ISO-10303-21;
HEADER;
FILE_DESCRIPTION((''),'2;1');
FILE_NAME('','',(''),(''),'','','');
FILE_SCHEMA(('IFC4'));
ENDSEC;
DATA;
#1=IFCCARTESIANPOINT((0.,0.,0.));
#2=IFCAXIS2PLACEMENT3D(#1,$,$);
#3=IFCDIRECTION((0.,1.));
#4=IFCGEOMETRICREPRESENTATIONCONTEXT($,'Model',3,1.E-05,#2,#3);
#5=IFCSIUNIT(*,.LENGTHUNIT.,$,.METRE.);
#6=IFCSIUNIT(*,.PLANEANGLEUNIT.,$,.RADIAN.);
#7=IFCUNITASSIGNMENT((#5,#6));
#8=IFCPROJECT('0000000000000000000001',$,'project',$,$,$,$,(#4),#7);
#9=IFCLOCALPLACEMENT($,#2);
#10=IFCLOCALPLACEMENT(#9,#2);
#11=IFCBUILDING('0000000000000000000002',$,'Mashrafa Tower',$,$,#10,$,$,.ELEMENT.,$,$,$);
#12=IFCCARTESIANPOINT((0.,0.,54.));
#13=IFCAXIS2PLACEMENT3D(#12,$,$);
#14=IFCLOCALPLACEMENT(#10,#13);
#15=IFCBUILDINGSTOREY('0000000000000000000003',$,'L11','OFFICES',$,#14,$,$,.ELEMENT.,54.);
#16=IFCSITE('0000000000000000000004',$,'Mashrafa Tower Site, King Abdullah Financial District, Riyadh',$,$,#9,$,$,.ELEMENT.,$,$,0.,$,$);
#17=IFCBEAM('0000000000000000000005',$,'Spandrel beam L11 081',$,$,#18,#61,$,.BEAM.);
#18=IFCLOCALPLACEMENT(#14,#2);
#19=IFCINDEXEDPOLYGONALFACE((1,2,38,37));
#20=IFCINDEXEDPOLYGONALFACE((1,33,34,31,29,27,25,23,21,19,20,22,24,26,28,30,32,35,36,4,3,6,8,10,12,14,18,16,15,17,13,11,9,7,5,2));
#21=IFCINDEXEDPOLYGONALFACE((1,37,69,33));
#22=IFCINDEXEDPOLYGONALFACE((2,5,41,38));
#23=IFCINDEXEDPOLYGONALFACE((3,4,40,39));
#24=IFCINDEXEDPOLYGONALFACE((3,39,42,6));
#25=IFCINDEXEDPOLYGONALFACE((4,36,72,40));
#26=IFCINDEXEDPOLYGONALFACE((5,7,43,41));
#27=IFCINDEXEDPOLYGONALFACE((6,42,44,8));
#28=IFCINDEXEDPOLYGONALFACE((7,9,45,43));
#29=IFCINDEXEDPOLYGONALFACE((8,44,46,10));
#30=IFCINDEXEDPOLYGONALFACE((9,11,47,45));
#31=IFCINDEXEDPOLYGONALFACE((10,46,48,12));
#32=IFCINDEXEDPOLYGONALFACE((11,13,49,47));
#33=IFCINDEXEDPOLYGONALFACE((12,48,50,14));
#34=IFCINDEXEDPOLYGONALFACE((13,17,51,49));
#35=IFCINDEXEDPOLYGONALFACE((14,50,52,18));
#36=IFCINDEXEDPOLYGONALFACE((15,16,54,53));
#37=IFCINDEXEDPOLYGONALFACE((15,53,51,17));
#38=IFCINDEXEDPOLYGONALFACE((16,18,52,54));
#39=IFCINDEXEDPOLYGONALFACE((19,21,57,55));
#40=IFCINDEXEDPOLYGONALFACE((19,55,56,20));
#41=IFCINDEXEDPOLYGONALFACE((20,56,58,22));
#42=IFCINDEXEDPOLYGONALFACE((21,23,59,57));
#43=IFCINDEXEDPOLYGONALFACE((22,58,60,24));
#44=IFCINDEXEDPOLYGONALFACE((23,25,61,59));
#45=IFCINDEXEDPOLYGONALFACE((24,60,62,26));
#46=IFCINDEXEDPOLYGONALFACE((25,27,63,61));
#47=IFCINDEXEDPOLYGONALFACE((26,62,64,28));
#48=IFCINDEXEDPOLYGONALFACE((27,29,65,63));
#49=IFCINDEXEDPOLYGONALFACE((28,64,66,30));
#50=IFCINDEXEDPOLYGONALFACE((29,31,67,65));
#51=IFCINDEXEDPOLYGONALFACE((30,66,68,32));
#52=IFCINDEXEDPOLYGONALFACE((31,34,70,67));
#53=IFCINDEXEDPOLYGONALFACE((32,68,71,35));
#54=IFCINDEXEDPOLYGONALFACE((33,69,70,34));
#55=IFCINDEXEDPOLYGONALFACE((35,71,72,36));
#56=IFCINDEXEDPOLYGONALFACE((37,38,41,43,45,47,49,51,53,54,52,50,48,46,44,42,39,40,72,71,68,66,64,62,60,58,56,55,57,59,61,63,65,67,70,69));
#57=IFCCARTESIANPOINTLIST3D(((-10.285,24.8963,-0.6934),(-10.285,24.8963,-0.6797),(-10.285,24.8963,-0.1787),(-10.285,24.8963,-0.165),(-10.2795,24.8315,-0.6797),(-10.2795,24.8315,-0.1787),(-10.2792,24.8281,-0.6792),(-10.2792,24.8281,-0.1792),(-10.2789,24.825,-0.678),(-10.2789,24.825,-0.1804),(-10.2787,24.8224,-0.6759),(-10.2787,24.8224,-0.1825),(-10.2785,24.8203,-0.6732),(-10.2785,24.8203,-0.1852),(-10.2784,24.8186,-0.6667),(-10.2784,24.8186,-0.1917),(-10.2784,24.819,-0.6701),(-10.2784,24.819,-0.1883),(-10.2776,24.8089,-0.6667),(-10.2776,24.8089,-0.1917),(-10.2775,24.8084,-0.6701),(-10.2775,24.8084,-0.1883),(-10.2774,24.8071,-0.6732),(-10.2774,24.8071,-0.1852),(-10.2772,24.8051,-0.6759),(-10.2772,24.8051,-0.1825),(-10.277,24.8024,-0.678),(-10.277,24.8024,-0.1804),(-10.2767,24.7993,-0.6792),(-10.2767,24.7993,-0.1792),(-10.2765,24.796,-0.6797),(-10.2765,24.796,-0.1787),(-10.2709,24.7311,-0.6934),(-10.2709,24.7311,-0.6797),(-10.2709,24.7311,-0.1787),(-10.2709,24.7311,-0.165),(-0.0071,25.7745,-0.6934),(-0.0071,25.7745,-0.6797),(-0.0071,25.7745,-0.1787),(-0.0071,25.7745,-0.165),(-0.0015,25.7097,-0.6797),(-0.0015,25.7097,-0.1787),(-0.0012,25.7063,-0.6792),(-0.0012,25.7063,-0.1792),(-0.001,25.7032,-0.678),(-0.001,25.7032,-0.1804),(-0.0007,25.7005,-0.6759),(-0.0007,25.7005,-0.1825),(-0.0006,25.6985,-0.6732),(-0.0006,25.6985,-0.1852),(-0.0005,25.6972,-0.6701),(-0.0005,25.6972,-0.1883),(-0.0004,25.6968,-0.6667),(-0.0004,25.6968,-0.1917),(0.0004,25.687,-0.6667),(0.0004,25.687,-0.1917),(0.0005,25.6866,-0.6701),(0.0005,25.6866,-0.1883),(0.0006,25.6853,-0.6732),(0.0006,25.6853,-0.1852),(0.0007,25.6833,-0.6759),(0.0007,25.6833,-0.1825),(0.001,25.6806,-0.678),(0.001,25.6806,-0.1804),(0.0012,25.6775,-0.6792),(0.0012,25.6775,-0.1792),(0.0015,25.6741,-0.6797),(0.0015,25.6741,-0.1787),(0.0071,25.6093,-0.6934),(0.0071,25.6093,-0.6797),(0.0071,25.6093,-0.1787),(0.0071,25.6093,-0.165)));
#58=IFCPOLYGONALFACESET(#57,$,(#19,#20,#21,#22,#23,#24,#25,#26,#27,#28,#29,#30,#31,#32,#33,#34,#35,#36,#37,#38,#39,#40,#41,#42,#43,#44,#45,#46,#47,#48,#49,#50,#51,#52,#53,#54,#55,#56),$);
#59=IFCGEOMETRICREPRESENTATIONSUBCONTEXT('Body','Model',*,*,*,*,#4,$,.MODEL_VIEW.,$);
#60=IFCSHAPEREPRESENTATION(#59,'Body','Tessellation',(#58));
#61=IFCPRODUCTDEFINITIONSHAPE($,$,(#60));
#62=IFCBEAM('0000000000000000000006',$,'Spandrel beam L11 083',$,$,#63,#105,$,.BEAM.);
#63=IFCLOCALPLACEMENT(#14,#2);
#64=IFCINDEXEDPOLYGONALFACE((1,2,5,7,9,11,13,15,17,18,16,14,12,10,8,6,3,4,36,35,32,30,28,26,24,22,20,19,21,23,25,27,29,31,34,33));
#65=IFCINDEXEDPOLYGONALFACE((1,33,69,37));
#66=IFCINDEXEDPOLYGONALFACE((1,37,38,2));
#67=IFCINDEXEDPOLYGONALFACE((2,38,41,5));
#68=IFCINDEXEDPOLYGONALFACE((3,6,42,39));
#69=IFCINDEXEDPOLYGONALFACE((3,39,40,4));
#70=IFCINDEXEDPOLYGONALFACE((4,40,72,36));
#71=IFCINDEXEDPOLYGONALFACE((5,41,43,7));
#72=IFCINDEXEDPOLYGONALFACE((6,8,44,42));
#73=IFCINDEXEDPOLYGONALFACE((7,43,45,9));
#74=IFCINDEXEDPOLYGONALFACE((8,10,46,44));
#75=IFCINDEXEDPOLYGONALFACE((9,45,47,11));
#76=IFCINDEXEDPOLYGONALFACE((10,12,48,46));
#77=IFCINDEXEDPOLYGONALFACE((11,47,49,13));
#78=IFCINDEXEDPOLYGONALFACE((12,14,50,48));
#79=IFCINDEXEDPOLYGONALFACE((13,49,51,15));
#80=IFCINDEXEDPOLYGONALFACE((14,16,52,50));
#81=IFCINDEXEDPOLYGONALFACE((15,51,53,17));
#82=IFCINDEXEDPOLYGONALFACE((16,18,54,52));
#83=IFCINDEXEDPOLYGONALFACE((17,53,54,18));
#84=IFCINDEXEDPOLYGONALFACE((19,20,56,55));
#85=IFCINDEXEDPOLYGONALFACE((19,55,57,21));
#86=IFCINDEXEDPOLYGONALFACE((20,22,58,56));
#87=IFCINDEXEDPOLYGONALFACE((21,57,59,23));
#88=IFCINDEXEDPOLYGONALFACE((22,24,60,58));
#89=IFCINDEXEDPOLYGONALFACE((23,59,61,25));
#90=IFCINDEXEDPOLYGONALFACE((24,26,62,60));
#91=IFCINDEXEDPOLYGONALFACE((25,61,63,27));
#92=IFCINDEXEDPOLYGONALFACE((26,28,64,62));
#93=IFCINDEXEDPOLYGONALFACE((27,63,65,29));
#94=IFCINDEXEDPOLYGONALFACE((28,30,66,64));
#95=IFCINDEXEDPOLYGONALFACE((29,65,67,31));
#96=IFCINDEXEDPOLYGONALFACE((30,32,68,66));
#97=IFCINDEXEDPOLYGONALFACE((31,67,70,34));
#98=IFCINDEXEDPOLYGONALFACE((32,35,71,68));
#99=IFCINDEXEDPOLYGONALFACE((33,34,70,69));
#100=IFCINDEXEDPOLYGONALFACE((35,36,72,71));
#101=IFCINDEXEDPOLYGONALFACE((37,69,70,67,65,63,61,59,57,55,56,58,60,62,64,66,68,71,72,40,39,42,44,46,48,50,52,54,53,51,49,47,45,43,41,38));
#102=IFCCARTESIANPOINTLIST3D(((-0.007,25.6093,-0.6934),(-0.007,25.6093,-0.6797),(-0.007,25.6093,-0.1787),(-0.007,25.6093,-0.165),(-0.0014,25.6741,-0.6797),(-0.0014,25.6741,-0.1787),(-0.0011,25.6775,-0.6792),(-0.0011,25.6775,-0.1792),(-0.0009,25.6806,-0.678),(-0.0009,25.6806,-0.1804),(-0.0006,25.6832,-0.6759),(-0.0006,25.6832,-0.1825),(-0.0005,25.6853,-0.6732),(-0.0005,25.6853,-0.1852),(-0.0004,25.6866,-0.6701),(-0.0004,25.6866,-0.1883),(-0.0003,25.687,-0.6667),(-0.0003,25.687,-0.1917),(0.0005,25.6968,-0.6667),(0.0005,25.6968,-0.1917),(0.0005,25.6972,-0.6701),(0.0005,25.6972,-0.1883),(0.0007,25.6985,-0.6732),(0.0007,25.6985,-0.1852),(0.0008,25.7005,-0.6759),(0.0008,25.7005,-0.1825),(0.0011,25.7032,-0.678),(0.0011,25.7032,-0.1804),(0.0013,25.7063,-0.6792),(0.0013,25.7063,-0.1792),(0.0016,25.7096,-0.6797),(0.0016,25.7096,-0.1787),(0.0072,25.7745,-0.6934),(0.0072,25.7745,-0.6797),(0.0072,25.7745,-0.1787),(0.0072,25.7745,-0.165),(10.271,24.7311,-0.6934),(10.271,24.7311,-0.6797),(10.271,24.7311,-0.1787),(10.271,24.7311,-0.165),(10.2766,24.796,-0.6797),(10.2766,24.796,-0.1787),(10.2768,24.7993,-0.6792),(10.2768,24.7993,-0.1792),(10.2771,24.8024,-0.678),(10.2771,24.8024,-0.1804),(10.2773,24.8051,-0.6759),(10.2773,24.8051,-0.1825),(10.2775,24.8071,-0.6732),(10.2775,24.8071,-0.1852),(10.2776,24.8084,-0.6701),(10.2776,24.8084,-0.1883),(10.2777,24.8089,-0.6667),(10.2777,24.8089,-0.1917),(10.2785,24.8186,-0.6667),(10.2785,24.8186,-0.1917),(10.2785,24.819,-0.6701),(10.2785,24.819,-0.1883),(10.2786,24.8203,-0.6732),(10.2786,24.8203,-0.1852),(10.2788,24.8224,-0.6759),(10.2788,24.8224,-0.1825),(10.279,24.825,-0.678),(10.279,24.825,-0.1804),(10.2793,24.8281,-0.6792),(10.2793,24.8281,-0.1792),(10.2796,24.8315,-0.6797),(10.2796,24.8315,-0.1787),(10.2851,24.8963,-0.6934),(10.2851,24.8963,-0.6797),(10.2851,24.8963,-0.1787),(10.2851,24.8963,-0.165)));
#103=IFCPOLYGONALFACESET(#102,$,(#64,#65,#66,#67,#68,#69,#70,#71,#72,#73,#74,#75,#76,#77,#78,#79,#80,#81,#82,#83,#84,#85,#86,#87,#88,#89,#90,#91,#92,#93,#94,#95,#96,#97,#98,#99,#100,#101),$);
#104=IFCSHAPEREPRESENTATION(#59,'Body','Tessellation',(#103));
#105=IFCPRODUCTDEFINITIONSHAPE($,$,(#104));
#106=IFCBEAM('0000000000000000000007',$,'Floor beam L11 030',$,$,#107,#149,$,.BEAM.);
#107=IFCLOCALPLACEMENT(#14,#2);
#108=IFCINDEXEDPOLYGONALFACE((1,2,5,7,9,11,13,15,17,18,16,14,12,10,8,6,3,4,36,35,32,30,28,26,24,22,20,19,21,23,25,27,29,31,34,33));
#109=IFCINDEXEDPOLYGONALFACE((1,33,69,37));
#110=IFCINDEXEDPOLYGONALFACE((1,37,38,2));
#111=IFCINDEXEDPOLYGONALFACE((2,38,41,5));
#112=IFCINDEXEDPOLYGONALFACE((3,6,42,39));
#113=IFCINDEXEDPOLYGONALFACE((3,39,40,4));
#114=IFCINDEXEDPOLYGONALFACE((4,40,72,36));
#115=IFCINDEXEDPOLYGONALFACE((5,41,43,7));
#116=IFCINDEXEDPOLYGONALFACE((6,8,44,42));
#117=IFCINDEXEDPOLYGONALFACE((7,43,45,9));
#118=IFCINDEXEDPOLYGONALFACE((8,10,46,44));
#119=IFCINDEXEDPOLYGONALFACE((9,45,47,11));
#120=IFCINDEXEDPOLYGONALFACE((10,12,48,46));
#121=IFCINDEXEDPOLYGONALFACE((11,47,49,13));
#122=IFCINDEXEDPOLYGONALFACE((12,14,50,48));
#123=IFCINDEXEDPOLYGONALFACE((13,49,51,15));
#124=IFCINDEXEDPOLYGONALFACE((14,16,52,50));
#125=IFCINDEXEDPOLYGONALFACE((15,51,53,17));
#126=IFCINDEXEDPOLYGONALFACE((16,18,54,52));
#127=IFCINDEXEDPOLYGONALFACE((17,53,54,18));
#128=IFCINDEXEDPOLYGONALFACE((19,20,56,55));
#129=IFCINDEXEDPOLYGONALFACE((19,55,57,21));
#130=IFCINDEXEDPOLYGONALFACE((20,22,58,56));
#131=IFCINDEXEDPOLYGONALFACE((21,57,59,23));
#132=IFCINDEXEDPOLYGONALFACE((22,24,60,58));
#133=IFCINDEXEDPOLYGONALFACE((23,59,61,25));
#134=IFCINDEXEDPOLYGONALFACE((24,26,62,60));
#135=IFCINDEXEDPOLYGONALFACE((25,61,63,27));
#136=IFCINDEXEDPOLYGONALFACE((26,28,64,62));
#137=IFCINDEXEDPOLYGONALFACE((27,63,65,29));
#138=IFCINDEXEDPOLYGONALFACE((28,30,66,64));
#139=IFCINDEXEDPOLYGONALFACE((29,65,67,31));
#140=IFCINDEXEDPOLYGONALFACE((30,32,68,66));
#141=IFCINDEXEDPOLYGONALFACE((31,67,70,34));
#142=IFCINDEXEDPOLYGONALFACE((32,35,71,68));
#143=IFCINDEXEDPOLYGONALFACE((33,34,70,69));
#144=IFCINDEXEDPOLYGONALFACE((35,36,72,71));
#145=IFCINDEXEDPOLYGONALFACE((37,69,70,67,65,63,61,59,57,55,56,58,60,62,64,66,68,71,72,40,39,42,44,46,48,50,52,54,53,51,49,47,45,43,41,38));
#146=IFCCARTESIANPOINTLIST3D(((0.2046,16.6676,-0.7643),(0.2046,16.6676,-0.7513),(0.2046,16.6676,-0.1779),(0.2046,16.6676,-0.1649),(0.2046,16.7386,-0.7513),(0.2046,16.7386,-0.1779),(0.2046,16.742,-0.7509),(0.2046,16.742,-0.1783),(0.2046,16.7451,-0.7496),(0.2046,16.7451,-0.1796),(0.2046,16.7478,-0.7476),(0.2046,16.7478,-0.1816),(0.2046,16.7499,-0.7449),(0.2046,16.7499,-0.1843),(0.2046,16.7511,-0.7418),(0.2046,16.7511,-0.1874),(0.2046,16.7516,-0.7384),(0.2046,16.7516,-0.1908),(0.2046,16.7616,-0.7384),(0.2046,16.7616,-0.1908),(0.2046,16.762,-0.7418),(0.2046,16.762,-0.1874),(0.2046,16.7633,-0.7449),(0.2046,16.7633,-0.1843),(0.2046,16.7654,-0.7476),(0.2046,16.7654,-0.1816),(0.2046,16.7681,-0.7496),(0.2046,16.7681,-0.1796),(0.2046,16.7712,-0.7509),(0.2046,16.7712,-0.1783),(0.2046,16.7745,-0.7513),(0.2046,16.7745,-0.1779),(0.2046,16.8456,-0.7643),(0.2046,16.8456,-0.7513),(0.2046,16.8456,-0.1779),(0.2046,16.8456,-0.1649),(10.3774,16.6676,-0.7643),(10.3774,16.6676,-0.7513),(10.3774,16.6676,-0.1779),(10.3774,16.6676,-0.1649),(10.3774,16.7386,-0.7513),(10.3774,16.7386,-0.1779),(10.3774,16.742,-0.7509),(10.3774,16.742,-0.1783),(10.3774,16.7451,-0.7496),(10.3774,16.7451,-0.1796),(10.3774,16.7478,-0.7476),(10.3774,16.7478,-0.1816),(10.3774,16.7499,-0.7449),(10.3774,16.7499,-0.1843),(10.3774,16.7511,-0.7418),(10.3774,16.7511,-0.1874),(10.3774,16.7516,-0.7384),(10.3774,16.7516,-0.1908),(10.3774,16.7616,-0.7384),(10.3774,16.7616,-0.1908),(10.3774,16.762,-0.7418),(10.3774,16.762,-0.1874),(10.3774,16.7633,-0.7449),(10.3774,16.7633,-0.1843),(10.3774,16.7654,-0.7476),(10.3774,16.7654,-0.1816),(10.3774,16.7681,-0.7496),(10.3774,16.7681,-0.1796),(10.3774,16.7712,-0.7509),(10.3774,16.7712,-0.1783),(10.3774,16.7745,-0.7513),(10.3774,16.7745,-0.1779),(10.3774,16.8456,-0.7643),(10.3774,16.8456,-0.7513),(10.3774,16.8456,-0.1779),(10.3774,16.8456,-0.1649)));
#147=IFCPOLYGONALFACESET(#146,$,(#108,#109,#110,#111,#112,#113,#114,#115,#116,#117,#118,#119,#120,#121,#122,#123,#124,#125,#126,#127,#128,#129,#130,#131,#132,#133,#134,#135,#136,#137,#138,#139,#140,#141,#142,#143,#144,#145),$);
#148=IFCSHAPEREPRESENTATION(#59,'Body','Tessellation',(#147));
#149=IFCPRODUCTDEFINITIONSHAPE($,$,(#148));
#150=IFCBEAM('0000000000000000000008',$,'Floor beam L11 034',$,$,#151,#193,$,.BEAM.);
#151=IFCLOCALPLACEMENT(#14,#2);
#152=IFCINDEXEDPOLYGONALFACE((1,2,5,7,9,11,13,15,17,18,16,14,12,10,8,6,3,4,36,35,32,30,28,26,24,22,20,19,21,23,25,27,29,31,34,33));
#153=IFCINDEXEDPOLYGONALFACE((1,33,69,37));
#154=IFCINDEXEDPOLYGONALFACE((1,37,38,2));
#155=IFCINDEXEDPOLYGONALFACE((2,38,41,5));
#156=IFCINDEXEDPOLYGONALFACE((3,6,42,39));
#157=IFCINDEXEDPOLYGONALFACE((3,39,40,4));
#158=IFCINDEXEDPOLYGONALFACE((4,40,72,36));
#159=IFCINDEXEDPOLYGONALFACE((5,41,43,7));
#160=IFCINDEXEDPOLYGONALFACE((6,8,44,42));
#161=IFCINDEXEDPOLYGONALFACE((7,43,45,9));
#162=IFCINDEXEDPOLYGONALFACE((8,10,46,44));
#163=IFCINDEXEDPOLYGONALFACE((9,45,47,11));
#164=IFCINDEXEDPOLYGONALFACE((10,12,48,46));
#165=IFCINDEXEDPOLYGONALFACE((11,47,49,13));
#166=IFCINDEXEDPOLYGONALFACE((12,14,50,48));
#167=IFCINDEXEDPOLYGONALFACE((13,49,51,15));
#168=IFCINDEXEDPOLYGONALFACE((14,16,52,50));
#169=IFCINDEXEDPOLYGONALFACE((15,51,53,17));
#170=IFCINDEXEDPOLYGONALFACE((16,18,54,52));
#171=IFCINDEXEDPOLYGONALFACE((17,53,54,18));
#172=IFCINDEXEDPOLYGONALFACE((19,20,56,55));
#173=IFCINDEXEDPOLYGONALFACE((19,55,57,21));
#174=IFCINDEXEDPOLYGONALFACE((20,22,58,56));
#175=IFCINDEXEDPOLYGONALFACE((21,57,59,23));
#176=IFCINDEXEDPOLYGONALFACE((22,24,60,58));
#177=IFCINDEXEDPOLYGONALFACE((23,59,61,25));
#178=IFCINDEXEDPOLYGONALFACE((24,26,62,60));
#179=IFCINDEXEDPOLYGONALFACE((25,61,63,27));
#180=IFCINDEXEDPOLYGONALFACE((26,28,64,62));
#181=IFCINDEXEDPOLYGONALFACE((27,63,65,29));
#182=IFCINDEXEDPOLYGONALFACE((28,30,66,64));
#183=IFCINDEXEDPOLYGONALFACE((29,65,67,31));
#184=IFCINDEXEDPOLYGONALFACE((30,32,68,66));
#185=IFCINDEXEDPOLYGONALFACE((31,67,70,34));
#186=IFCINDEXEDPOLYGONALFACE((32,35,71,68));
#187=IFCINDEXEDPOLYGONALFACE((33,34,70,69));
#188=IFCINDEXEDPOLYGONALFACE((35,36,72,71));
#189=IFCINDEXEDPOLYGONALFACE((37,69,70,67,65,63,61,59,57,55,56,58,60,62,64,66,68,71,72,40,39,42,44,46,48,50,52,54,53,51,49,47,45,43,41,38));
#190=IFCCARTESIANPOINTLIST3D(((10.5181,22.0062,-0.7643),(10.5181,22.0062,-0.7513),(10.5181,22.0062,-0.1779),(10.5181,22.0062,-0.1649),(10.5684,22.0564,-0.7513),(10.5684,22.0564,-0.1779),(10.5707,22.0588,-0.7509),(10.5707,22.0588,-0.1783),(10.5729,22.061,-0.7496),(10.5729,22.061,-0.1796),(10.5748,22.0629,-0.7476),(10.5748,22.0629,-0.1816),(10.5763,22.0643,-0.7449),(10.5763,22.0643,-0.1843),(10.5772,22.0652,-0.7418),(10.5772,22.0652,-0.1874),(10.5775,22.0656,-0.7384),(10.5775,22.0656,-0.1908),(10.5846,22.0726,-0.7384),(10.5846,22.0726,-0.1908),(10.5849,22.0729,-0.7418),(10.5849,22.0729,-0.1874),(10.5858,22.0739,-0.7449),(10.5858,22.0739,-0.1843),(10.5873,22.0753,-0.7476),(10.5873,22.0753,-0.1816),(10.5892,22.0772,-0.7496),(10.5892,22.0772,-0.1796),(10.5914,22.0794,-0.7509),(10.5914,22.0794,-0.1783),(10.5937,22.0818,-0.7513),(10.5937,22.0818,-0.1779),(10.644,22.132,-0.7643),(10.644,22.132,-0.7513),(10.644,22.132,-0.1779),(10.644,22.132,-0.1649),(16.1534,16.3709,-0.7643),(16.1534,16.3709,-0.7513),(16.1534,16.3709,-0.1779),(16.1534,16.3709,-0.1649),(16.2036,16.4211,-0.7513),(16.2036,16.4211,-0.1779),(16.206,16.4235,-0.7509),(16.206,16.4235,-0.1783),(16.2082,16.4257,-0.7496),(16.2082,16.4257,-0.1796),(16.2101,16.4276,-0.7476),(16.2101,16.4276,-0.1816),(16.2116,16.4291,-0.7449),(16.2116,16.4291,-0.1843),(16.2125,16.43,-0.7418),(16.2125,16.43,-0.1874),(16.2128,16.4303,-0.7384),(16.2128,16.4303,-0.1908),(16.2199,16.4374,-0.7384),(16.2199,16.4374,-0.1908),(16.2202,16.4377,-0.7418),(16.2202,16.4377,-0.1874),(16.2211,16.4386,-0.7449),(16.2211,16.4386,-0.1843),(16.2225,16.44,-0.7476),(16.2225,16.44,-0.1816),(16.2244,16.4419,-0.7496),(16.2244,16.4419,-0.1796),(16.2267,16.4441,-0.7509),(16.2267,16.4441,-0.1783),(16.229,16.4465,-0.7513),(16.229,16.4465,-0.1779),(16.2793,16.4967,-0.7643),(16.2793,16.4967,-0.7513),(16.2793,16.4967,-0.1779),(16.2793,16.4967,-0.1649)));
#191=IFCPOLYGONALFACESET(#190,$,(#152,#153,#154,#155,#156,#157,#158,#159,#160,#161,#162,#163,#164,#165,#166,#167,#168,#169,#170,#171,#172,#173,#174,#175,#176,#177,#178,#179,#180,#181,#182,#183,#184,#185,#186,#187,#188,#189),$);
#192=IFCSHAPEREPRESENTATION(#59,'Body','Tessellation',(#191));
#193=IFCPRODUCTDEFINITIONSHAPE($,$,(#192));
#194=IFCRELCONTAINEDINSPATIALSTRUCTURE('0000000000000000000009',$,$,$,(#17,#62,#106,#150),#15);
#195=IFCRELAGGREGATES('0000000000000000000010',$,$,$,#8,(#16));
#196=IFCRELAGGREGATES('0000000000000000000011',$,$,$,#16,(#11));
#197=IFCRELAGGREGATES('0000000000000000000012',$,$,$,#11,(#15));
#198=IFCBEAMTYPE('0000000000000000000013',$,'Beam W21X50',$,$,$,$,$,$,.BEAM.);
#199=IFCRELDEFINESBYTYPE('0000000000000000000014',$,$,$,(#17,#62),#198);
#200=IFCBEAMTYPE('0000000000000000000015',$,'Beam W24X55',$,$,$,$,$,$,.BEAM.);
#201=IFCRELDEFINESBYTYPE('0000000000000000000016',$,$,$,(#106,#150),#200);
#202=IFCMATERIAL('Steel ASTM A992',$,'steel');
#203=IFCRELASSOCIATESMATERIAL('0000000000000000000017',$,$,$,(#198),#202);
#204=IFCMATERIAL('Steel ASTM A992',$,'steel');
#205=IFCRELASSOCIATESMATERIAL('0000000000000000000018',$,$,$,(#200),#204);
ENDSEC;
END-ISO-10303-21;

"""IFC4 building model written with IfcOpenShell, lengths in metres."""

from ifc_helpers import new_model, si_unit, direction, frame, origin, origin_2d, place, context, subcontext, project, spatial, i_section, extrude, material, material_profile, profile_set, type_object, element, save


model = new_model("IFC4")

# Units and contexts
model_context = context("Model", 3, precision=1e-05, world=origin(), true_north=direction((0.0, 1.0)))
body_context = subcontext(model_context, "Body", "Model", "MODEL_VIEW")
ifc_project = project(units=[si_unit("LENGTHUNIT", "METRE"), si_unit("PLANEANGLEUNIT", "RADIAN")], contexts=[model_context])

# Site, building, storey
site_placement = place(None, origin())
site = spatial("IfcSite", under=ifc_project, at=site_placement, Name="Mashrafa Tower Site, King Abdullah Financial District, Riyadh", CompositionType="ELEMENT", RefElevation=0.0)
building_placement = place(site_placement, origin())
building = spatial("IfcBuilding", under=site, at=building_placement, Name="Mashrafa Tower", CompositionType="ELEMENT")
storey_placement = place(building_placement, frame((0.0, 0.0, 54.0)))
storey = spatial("IfcBuildingStorey", under=building, at=storey_placement, Name="L11", Description="OFFICES", CompositionType="ELEMENT", Elevation=54.0)

# Beams
ifc_material_1 = material(Name="Steel ASTM A992", Category="steel")
ifc_material_profile_1 = material_profile(ifc_material_1, i_section(OverallWidth=0.1658, OverallDepth=0.5283, WebThickness=0.0098, FlangeThickness=0.0137, FilletRadius=0.0129, at=origin_2d()), Name="W21X50")
ifc_profile_set_1 = profile_set([ifc_material_profile_1], Name="Steel ASTM A992")
beam_type_1 = type_object("IfcBeamType", Name="Beam W21X50", PredefinedType="BEAM", material=ifc_profile_set_1)
for number, where, z_axis, x_axis, name in (
    (1, (0.0, 25.6919, -0.4292), (-0.99637, -0.085131, 0.0), (0.085131, -0.99637, 0.0), "Spandrel beam L11 081"),
    (2, (10.2781, 24.8137, -0.4292), (-0.99637, 0.085131, 0.0), (-0.085131, -0.99637, 0.0), "Spandrel beam L11 083"),
):
    element("IfcBeam", number, at=place(storey_placement, frame(where, z_axis=z_axis, x_axis=x_axis)), inside=storey, type_object=beam_type_1, Name=name, PredefinedType="BEAM", context=body_context, shape_type="SweptSolid", body=[
        extrude(i_section(OverallWidth=0.1658, OverallDepth=0.5283, WebThickness=0.0098, FlangeThickness=0.0137, FilletRadius=0.0129, at=origin_2d()), origin(), (0.0, 0.0, 1.0), 10.3154),
    ])
ifc_material_2 = material(Name="Steel ASTM A992", Category="steel")
ifc_material_profile_2 = material_profile(ifc_material_2, i_section(OverallWidth=0.178, OverallDepth=0.5994, WebThickness=0.01, FlangeThickness=0.0129, FilletRadius=0.0129, at=origin_2d()), Name="W24X55")
ifc_profile_set_2 = profile_set([ifc_material_profile_2], Name="Steel ASTM A992")
beam_type_2 = type_object("IfcBeamType", Name="Beam W24X55", PredefinedType="BEAM", material=ifc_profile_set_2)
beam_1_placement = place(storey_placement, frame((0.2046, 16.7566, -0.4646), z_axis=(1.0, 0.0, 0.0), x_axis=(0.0, 1.0, 0.0)))
element("IfcBeam", 3, at=beam_1_placement, inside=storey, type_object=beam_type_2, Name="Floor beam L11 030", PredefinedType="BEAM", context=body_context, shape_type="SweptSolid", body=[
    extrude(i_section(OverallWidth=0.178, OverallDepth=0.5994, WebThickness=0.01, FlangeThickness=0.0129, FilletRadius=0.0129, at=origin_2d()), origin(), (0.0, 0.0, 1.0), 10.1729),
])
beam_2_placement = place(storey_placement, frame((10.5811, 22.0691, -0.4646), z_axis=(0.707107, -0.707107, 0.0), x_axis=(0.707107, 0.707107, 0.0)))
element("IfcBeam", 4, at=beam_2_placement, inside=storey, type_object=beam_type_2, Name="Floor beam L11 034", PredefinedType="BEAM", context=body_context, shape_type="SweptSolid", body=[
    extrude(i_section(OverallWidth=0.178, OverallDepth=0.5994, WebThickness=0.01, FlangeThickness=0.0129, FilletRadius=0.0129, at=origin_2d()), origin(), (0.0, 0.0, 1.0), 7.9695),
])

save(model, "model.ifc")
